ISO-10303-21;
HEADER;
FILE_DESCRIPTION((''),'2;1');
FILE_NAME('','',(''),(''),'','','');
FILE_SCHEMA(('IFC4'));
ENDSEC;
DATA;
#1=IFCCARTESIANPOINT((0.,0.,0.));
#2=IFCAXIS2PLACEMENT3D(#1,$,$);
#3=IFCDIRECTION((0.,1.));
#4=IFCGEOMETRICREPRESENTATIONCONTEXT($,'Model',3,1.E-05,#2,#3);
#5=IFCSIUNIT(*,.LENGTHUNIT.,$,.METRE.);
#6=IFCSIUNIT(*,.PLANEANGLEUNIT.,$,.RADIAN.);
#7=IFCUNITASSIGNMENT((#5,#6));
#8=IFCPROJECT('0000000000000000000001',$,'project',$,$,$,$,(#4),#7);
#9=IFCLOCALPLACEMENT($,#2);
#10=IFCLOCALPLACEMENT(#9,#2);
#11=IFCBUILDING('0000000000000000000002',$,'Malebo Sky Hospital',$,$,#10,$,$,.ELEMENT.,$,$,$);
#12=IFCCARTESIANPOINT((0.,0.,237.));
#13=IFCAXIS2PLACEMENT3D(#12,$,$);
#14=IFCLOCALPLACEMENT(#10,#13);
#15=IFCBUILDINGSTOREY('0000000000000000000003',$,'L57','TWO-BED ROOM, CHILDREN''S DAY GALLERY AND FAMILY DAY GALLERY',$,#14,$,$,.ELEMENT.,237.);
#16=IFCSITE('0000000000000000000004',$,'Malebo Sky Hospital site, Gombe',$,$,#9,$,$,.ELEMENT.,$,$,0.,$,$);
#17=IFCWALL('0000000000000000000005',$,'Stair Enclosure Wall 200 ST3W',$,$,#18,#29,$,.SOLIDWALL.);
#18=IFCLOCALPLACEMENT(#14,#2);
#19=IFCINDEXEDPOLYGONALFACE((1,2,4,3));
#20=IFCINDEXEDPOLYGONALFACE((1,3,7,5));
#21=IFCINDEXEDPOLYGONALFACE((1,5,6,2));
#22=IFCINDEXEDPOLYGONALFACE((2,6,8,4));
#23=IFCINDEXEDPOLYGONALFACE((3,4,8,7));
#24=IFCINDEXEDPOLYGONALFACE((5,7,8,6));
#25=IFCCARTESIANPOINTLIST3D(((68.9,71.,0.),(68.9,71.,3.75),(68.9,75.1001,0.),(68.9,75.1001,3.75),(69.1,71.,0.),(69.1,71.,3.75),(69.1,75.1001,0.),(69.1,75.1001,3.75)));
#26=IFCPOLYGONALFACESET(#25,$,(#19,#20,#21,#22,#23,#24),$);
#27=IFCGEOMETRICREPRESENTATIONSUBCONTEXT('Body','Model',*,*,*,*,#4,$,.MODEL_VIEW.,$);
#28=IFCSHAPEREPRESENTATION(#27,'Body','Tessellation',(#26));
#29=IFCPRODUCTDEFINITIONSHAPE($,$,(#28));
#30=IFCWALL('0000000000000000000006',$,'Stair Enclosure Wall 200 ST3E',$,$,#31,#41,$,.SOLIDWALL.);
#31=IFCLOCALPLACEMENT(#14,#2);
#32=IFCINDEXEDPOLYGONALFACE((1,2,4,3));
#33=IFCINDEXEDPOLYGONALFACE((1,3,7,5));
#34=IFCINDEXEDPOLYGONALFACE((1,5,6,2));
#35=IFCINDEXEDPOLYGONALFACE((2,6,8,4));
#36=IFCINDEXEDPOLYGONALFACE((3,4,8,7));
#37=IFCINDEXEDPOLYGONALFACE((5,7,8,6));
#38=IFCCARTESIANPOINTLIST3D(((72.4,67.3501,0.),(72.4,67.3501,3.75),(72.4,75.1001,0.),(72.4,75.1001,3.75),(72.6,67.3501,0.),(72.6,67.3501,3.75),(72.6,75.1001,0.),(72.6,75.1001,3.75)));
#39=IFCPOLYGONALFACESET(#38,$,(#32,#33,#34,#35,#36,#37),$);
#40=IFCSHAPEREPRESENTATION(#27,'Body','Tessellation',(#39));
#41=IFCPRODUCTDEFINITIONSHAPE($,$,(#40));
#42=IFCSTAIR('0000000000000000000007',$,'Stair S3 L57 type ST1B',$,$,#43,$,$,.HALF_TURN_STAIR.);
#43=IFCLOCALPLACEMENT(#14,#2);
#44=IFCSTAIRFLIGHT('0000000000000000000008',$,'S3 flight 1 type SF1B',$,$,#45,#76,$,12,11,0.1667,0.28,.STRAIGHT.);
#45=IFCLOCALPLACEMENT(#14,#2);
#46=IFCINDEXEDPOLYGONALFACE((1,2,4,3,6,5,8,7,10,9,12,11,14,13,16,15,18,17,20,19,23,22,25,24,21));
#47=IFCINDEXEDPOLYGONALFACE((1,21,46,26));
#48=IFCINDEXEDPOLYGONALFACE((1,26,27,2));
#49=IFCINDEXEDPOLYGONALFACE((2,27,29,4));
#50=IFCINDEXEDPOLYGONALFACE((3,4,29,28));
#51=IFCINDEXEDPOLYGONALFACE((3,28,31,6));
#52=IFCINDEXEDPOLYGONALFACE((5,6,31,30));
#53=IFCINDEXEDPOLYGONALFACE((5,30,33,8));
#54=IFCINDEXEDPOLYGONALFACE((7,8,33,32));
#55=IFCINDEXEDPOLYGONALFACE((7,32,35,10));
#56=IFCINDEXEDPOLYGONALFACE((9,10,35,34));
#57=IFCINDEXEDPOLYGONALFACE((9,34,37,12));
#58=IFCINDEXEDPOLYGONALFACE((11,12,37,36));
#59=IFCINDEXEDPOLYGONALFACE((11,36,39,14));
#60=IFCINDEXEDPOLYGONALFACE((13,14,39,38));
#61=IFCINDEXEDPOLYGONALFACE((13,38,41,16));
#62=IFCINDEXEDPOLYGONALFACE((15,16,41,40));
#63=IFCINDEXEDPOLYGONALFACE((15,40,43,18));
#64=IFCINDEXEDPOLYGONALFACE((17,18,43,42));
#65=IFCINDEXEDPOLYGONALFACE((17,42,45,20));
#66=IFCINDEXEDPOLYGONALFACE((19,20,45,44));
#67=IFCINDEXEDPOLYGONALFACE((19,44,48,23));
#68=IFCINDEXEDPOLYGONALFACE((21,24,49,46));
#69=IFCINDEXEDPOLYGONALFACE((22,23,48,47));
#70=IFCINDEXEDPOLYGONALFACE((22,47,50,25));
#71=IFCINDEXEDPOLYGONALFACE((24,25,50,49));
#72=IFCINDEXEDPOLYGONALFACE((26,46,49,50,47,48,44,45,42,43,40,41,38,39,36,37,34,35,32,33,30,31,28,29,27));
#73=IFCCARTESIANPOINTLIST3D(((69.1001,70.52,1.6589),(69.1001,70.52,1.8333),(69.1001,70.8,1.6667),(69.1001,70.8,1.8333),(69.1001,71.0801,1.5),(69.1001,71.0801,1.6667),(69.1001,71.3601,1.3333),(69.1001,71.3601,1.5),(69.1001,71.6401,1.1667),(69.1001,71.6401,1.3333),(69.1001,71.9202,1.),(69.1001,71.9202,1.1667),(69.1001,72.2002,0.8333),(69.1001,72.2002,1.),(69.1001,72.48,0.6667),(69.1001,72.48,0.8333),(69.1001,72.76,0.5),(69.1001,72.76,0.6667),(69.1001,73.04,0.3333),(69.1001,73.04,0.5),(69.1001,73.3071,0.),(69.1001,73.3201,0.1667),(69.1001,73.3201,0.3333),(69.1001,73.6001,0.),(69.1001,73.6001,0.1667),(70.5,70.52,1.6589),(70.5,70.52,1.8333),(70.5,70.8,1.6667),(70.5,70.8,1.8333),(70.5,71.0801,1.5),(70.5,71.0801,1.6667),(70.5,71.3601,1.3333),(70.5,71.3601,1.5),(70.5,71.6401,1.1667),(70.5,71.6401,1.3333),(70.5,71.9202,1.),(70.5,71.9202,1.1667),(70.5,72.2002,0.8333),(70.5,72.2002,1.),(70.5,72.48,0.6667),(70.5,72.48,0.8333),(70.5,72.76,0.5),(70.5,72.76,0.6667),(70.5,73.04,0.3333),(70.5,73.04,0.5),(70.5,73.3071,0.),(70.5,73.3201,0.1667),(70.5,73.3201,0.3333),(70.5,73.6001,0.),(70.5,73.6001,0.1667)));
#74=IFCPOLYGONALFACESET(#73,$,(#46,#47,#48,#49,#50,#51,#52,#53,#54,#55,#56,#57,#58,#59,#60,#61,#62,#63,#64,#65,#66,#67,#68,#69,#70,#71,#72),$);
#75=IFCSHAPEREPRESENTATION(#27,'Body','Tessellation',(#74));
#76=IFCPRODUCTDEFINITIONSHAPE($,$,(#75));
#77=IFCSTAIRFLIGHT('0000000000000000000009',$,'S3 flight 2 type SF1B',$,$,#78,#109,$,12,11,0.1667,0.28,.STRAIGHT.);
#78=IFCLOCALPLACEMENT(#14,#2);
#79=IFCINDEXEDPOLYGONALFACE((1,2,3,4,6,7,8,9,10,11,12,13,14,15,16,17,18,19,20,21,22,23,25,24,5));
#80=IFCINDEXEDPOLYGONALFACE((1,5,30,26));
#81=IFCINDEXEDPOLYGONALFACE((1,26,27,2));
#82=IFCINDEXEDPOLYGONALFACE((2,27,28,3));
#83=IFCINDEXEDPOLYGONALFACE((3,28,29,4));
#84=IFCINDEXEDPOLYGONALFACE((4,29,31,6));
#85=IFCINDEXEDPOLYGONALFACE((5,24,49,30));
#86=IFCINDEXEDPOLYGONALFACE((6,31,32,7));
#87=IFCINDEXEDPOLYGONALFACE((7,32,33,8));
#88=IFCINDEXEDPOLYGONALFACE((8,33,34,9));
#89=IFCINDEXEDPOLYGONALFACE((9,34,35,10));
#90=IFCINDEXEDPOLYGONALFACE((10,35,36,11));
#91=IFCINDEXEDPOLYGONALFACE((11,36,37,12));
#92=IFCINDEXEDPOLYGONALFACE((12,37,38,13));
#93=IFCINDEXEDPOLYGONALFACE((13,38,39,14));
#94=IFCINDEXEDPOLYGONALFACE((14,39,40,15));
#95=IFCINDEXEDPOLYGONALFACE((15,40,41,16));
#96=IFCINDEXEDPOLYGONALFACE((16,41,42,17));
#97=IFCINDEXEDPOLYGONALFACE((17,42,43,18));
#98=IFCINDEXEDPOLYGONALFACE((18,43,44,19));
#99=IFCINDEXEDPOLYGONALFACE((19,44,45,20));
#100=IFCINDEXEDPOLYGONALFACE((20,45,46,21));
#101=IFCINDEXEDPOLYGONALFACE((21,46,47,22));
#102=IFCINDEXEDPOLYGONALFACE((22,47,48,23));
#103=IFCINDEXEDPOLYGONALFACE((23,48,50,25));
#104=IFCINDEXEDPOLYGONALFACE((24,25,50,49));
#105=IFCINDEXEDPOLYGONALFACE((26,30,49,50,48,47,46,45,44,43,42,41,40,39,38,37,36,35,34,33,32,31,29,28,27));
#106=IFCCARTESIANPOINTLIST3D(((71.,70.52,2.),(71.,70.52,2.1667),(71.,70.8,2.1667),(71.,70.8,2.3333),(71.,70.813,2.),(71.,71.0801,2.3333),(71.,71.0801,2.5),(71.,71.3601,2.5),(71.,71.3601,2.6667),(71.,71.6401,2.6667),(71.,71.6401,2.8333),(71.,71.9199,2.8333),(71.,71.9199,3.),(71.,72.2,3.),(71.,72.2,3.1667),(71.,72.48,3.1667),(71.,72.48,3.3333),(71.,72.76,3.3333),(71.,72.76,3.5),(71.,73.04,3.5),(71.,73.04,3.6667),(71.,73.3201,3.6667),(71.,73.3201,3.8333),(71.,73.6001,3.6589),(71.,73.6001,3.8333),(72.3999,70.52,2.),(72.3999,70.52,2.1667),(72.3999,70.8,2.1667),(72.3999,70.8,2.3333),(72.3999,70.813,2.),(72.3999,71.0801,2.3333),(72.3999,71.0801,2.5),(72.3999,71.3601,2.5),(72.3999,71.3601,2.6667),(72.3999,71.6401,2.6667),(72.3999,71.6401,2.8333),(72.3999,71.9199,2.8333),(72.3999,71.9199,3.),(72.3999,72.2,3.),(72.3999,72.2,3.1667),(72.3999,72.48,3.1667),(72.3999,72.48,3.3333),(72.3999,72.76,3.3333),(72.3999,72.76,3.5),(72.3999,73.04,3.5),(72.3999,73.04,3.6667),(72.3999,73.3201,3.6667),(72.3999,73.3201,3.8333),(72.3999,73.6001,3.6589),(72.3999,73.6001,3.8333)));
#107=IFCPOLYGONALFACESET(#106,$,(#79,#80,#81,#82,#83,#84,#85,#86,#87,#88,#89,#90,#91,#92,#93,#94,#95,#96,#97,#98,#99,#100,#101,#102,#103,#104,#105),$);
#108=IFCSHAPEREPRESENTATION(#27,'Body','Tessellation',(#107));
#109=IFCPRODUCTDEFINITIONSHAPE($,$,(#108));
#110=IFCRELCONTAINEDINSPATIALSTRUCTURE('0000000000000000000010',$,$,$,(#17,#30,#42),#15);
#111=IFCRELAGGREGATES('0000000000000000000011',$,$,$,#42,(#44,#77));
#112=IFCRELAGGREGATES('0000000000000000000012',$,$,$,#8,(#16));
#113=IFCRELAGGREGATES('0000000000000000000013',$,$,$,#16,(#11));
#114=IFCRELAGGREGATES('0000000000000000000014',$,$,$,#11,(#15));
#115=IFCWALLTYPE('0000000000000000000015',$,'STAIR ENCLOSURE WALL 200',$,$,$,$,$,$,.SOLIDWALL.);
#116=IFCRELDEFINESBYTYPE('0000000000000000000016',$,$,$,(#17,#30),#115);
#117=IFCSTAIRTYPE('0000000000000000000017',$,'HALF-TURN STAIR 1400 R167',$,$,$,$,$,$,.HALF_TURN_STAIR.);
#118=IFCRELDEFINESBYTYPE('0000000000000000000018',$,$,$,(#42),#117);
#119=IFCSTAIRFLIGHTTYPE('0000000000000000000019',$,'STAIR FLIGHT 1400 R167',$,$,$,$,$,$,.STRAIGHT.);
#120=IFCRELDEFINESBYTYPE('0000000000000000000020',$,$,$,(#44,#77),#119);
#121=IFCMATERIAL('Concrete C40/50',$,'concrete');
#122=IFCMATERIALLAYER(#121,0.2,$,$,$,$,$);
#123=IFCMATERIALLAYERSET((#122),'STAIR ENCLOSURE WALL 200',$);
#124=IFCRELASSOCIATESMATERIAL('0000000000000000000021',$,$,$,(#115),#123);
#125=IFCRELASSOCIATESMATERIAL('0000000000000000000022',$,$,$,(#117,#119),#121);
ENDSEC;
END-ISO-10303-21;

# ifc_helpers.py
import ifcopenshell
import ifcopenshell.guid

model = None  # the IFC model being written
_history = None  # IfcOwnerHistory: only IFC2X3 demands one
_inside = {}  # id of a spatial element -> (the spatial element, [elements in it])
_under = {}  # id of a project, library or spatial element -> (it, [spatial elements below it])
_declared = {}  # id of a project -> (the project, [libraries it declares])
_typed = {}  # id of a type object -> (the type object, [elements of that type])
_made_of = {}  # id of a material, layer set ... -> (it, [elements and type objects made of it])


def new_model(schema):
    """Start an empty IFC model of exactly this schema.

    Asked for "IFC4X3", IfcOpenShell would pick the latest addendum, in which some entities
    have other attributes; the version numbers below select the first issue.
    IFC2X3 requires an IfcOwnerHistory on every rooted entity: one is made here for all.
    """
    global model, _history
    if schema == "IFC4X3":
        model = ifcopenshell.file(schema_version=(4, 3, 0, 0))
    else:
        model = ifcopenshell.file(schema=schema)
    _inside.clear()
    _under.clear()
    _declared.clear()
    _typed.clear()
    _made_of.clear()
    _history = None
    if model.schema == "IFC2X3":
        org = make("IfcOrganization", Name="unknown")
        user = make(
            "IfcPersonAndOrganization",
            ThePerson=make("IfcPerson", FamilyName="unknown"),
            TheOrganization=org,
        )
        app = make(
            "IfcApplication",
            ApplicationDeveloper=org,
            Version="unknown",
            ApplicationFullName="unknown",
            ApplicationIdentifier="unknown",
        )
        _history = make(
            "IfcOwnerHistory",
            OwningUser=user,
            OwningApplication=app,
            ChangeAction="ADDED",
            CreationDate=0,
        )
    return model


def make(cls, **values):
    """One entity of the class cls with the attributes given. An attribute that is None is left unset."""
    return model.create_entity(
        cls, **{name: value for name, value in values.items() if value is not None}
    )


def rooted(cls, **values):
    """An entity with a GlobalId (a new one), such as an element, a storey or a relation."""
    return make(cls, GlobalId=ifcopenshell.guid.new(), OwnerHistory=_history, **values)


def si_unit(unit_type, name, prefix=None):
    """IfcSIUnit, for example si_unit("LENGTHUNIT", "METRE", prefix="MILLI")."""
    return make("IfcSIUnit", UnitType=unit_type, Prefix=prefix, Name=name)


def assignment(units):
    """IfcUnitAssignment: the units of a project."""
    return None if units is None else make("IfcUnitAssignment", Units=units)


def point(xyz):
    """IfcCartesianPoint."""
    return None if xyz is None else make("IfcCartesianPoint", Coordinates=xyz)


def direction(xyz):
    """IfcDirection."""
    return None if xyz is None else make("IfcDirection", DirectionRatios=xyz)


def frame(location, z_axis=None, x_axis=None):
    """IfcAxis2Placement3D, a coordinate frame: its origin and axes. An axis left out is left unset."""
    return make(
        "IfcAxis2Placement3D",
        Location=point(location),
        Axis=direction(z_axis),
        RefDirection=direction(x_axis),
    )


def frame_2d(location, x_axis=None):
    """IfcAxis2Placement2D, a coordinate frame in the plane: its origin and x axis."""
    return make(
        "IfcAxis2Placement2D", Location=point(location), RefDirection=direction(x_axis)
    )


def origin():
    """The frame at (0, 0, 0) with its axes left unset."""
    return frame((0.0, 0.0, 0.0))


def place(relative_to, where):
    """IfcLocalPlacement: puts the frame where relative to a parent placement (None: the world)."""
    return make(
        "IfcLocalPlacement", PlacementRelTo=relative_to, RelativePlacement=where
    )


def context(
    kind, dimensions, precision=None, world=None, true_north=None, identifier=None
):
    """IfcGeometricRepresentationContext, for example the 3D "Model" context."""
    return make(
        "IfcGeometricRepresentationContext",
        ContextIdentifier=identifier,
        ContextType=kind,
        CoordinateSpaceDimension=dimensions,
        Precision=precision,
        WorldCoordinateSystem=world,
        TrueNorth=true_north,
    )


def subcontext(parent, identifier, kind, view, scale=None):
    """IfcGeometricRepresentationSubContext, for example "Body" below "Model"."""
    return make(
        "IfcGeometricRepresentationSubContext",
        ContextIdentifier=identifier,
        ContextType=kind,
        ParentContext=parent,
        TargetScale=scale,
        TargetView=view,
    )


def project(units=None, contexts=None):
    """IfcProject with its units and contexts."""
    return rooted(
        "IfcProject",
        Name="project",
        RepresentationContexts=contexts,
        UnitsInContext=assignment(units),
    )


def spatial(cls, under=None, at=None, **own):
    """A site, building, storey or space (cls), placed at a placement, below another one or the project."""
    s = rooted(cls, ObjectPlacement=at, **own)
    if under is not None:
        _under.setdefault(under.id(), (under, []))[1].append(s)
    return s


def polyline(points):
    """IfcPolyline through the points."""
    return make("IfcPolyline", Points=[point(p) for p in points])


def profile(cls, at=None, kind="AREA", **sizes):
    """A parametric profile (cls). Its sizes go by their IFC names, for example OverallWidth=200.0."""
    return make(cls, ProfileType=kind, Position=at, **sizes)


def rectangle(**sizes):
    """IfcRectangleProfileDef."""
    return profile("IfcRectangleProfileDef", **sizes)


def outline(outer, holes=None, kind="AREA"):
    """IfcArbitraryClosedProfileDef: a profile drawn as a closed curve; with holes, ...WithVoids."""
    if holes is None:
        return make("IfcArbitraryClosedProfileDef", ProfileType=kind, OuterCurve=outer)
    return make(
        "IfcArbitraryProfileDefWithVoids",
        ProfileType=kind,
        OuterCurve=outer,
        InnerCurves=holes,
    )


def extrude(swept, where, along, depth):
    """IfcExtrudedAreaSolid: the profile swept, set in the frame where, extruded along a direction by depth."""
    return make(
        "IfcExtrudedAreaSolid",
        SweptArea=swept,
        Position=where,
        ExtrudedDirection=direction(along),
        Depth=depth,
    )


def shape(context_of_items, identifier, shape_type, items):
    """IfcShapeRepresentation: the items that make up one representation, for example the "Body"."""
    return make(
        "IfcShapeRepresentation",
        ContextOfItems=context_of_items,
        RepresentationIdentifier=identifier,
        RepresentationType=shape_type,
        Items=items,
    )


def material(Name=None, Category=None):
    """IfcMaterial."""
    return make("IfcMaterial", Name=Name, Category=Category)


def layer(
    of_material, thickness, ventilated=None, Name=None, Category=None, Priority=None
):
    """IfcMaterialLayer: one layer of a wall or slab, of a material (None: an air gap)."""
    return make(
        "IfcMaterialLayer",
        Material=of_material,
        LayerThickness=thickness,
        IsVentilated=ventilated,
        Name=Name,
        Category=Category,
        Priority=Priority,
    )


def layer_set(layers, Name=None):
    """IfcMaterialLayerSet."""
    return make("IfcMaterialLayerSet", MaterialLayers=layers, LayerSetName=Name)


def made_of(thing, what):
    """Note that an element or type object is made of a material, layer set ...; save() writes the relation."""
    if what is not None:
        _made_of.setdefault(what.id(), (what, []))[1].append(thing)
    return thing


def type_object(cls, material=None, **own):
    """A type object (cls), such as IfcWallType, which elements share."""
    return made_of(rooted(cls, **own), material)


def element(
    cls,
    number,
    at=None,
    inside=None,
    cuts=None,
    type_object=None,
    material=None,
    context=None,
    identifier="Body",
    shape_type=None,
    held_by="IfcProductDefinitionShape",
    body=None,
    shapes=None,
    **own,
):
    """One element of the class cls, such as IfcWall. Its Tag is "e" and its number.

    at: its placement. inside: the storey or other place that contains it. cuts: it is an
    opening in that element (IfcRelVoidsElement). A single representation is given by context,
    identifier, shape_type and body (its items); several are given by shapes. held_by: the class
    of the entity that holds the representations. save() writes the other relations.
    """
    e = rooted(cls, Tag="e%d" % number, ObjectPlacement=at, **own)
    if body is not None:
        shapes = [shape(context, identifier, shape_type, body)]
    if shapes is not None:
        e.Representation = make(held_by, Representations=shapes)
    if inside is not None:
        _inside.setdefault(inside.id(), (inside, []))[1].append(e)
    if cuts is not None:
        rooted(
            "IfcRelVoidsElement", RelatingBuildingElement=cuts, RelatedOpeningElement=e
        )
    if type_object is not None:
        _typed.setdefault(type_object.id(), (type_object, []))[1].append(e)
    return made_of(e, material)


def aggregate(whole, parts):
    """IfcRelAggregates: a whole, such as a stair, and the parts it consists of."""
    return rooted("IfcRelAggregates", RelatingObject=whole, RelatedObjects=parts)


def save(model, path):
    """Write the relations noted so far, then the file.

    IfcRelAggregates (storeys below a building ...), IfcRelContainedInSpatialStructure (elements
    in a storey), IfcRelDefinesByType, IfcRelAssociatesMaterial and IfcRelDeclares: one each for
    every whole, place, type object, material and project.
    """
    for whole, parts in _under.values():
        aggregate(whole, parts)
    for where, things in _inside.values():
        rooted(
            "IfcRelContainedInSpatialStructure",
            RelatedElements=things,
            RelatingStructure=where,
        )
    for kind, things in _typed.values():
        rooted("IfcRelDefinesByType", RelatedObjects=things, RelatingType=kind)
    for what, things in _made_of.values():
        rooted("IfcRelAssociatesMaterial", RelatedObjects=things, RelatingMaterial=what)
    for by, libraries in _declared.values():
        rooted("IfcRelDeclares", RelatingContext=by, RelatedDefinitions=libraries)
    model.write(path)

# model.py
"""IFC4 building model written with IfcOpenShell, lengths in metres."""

from ifc_helpers import new_model, si_unit, direction, frame, frame_2d, origin, place, context, subcontext, project, spatial, polyline, rectangle, outline, extrude, material, layer, layer_set, type_object, element, aggregate, save


model = new_model("IFC4")

# Units and contexts
model_context = context("Model", 3, precision=1e-05, world=origin(), true_north=direction((0.0, 1.0)))
body_context = subcontext(model_context, "Body", "Model", "MODEL_VIEW")
ifc_project = project(units=[si_unit("LENGTHUNIT", "METRE"), si_unit("PLANEANGLEUNIT", "RADIAN")], contexts=[model_context])

# Site, building, storey
site_placement = place(None, origin())
site = spatial("IfcSite", under=ifc_project, at=site_placement, Name="Malebo Sky Hospital site, Gombe", CompositionType="ELEMENT", RefElevation=0.0)
building_placement = place(site_placement, origin())
building = spatial("IfcBuilding", under=site, at=building_placement, Name="Malebo Sky Hospital", CompositionType="ELEMENT")
storey_placement = place(building_placement, frame((0.0, 0.0, 237.0)))
storey = spatial("IfcBuildingStorey", under=building, at=storey_placement, Name="L57", Description="TWO-BED ROOM, CHILDREN'S DAY GALLERY AND FAMILY DAY GALLERY", CompositionType="ELEMENT", Elevation=237.0)

# Walls
ifc_material_1 = material(Name="Concrete C40/50", Category="concrete")
ifc_layer_1 = layer(ifc_material_1, 0.2)
ifc_layer_set_1 = layer_set([ifc_layer_1], Name="STAIR ENCLOSURE WALL 200")
wall_type_1 = type_object("IfcWallType", Name="STAIR ENCLOSURE WALL 200", PredefinedType="SOLIDWALL", material=ifc_layer_set_1)
wall_1_placement = place(storey_placement, frame((69.0, 71.0, 0.0), z_axis=(0.0, 0.0, 1.0), x_axis=(0.0, 1.0, 0.0)))
element("IfcWall", 1, at=wall_1_placement, inside=storey, type_object=wall_type_1, Name="Stair Enclosure Wall 200 ST3W", PredefinedType="SOLIDWALL", context=body_context, shape_type="SweptSolid", body=[
    extrude(rectangle(XDim=4.1001, YDim=0.2, at=frame_2d((2.05, 0.0))), origin(), (0.0, 0.0, 1.0), 3.75),
])
wall_2_placement = place(storey_placement, frame((72.5, 67.3501, 0.0), z_axis=(0.0, 0.0, 1.0), x_axis=(0.0, 1.0, 0.0)))
element("IfcWall", 2, at=wall_2_placement, inside=storey, type_object=wall_type_1, Name="Stair Enclosure Wall 200 ST3E", PredefinedType="SOLIDWALL", context=body_context, shape_type="SweptSolid", body=[
    extrude(rectangle(XDim=7.75, YDim=0.2, at=frame_2d((3.875, 0.0))), origin(), (0.0, 0.0, 1.0), 3.75),
])

# Stair, stair flights
stair_type = type_object("IfcStairType", Name="HALF-TURN STAIR 1400 R167", PredefinedType="HALF_TURN_STAIR", material=ifc_material_1)
stair_placement = place(storey_placement, origin())
stair = element("IfcStair", 3, at=stair_placement, inside=storey, type_object=stair_type, Name="Stair S3 L57 type ST1B", PredefinedType="HALF_TURN_STAIR")
stair_flight_type = type_object("IfcStairFlightType", Name="STAIR FLIGHT 1400 R167", PredefinedType="STRAIGHT", material=ifc_material_1)
stair_flight_1_placement = place(storey_placement, frame((69.8, 73.6001, 0.0), z_axis=(0.0, 0.0, 1.0), x_axis=(0.0, -1.0, 0.0)))
stair_flight_1 = element("IfcStairFlight", 4, at=stair_flight_1_placement, type_object=stair_flight_type, Name="S3 flight 1 type SF1B", NumberOfRisers=12, NumberOfTreads=11, PredefinedType="STRAIGHT", RiserHeight=0.1667, TreadLength=0.28, context=body_context, shape_type="SweptSolid", body=[
    extrude(outline(polyline([(0.0, 0.0), (0.0, 0.1667), (0.28, 0.1667), (0.28, 0.3333), (0.5601, 0.3333), (0.5601, 0.5), (0.8401, 0.5), (0.8401, 0.6667), (1.1201, 0.6667), (1.1201, 0.8333), (1.3999, 0.8333), (1.3999, 1.0), (1.6799, 1.0), (1.6799, 1.1667), (1.96, 1.1667), (1.96, 1.3333), (2.24, 1.3333), (2.24, 1.5), (2.52, 1.5), (2.52, 1.6667), (2.8, 1.6667), (2.8, 1.8333), (3.0801, 1.8333), (3.0801, 2.0), (3.0801, 1.6589), (0.293, 0.0), (0.0, 0.0)])), frame((0.0, 0.7, 0.0), z_axis=(0.0, -1.0, 0.0), x_axis=(1.0, 0.0, 0.0)), (0.0, 0.0, 1.0), 1.3999),
])
stair_flight_2_placement = place(storey_placement, frame((71.7, 70.52, 2.0), z_axis=(0.0, 0.0, 1.0), x_axis=(0.0, 1.0, 0.0)))
stair_flight_2 = element("IfcStairFlight", 5, at=stair_flight_2_placement, type_object=stair_flight_type, Name="S3 flight 2 type SF1B", NumberOfRisers=12, NumberOfTreads=11, PredefinedType="STRAIGHT", RiserHeight=0.1667, TreadLength=0.28, context=body_context, shape_type="SweptSolid", body=[
    extrude(outline(polyline([(0.0, 0.0), (0.0, 0.1667), (0.28, 0.1667), (0.28, 0.3333), (0.5601, 0.3333), (0.5601, 0.5), (0.8401, 0.5), (0.8401, 0.6667), (1.1201, 0.6667), (1.1201, 0.8333), (1.3999, 0.8333), (1.3999, 1.0), (1.6799, 1.0), (1.6799, 1.1667), (1.96, 1.1667), (1.96, 1.3333), (2.24, 1.3333), (2.24, 1.5), (2.52, 1.5), (2.52, 1.6667), (2.8, 1.6667), (2.8, 1.8333), (3.0801, 1.8333), (3.0801, 2.0), (3.0801, 1.6589), (0.293, 0.0), (0.0, 0.0)])), frame((0.0, 0.7, 0.0), z_axis=(0.0, -1.0, 0.0), x_axis=(1.0, 0.0, 0.0)), (0.0, 0.0, 1.0), 1.3999),
])
aggregate(stair, [stair_flight_1, stair_flight_2])

save(model, "model.ifc")
